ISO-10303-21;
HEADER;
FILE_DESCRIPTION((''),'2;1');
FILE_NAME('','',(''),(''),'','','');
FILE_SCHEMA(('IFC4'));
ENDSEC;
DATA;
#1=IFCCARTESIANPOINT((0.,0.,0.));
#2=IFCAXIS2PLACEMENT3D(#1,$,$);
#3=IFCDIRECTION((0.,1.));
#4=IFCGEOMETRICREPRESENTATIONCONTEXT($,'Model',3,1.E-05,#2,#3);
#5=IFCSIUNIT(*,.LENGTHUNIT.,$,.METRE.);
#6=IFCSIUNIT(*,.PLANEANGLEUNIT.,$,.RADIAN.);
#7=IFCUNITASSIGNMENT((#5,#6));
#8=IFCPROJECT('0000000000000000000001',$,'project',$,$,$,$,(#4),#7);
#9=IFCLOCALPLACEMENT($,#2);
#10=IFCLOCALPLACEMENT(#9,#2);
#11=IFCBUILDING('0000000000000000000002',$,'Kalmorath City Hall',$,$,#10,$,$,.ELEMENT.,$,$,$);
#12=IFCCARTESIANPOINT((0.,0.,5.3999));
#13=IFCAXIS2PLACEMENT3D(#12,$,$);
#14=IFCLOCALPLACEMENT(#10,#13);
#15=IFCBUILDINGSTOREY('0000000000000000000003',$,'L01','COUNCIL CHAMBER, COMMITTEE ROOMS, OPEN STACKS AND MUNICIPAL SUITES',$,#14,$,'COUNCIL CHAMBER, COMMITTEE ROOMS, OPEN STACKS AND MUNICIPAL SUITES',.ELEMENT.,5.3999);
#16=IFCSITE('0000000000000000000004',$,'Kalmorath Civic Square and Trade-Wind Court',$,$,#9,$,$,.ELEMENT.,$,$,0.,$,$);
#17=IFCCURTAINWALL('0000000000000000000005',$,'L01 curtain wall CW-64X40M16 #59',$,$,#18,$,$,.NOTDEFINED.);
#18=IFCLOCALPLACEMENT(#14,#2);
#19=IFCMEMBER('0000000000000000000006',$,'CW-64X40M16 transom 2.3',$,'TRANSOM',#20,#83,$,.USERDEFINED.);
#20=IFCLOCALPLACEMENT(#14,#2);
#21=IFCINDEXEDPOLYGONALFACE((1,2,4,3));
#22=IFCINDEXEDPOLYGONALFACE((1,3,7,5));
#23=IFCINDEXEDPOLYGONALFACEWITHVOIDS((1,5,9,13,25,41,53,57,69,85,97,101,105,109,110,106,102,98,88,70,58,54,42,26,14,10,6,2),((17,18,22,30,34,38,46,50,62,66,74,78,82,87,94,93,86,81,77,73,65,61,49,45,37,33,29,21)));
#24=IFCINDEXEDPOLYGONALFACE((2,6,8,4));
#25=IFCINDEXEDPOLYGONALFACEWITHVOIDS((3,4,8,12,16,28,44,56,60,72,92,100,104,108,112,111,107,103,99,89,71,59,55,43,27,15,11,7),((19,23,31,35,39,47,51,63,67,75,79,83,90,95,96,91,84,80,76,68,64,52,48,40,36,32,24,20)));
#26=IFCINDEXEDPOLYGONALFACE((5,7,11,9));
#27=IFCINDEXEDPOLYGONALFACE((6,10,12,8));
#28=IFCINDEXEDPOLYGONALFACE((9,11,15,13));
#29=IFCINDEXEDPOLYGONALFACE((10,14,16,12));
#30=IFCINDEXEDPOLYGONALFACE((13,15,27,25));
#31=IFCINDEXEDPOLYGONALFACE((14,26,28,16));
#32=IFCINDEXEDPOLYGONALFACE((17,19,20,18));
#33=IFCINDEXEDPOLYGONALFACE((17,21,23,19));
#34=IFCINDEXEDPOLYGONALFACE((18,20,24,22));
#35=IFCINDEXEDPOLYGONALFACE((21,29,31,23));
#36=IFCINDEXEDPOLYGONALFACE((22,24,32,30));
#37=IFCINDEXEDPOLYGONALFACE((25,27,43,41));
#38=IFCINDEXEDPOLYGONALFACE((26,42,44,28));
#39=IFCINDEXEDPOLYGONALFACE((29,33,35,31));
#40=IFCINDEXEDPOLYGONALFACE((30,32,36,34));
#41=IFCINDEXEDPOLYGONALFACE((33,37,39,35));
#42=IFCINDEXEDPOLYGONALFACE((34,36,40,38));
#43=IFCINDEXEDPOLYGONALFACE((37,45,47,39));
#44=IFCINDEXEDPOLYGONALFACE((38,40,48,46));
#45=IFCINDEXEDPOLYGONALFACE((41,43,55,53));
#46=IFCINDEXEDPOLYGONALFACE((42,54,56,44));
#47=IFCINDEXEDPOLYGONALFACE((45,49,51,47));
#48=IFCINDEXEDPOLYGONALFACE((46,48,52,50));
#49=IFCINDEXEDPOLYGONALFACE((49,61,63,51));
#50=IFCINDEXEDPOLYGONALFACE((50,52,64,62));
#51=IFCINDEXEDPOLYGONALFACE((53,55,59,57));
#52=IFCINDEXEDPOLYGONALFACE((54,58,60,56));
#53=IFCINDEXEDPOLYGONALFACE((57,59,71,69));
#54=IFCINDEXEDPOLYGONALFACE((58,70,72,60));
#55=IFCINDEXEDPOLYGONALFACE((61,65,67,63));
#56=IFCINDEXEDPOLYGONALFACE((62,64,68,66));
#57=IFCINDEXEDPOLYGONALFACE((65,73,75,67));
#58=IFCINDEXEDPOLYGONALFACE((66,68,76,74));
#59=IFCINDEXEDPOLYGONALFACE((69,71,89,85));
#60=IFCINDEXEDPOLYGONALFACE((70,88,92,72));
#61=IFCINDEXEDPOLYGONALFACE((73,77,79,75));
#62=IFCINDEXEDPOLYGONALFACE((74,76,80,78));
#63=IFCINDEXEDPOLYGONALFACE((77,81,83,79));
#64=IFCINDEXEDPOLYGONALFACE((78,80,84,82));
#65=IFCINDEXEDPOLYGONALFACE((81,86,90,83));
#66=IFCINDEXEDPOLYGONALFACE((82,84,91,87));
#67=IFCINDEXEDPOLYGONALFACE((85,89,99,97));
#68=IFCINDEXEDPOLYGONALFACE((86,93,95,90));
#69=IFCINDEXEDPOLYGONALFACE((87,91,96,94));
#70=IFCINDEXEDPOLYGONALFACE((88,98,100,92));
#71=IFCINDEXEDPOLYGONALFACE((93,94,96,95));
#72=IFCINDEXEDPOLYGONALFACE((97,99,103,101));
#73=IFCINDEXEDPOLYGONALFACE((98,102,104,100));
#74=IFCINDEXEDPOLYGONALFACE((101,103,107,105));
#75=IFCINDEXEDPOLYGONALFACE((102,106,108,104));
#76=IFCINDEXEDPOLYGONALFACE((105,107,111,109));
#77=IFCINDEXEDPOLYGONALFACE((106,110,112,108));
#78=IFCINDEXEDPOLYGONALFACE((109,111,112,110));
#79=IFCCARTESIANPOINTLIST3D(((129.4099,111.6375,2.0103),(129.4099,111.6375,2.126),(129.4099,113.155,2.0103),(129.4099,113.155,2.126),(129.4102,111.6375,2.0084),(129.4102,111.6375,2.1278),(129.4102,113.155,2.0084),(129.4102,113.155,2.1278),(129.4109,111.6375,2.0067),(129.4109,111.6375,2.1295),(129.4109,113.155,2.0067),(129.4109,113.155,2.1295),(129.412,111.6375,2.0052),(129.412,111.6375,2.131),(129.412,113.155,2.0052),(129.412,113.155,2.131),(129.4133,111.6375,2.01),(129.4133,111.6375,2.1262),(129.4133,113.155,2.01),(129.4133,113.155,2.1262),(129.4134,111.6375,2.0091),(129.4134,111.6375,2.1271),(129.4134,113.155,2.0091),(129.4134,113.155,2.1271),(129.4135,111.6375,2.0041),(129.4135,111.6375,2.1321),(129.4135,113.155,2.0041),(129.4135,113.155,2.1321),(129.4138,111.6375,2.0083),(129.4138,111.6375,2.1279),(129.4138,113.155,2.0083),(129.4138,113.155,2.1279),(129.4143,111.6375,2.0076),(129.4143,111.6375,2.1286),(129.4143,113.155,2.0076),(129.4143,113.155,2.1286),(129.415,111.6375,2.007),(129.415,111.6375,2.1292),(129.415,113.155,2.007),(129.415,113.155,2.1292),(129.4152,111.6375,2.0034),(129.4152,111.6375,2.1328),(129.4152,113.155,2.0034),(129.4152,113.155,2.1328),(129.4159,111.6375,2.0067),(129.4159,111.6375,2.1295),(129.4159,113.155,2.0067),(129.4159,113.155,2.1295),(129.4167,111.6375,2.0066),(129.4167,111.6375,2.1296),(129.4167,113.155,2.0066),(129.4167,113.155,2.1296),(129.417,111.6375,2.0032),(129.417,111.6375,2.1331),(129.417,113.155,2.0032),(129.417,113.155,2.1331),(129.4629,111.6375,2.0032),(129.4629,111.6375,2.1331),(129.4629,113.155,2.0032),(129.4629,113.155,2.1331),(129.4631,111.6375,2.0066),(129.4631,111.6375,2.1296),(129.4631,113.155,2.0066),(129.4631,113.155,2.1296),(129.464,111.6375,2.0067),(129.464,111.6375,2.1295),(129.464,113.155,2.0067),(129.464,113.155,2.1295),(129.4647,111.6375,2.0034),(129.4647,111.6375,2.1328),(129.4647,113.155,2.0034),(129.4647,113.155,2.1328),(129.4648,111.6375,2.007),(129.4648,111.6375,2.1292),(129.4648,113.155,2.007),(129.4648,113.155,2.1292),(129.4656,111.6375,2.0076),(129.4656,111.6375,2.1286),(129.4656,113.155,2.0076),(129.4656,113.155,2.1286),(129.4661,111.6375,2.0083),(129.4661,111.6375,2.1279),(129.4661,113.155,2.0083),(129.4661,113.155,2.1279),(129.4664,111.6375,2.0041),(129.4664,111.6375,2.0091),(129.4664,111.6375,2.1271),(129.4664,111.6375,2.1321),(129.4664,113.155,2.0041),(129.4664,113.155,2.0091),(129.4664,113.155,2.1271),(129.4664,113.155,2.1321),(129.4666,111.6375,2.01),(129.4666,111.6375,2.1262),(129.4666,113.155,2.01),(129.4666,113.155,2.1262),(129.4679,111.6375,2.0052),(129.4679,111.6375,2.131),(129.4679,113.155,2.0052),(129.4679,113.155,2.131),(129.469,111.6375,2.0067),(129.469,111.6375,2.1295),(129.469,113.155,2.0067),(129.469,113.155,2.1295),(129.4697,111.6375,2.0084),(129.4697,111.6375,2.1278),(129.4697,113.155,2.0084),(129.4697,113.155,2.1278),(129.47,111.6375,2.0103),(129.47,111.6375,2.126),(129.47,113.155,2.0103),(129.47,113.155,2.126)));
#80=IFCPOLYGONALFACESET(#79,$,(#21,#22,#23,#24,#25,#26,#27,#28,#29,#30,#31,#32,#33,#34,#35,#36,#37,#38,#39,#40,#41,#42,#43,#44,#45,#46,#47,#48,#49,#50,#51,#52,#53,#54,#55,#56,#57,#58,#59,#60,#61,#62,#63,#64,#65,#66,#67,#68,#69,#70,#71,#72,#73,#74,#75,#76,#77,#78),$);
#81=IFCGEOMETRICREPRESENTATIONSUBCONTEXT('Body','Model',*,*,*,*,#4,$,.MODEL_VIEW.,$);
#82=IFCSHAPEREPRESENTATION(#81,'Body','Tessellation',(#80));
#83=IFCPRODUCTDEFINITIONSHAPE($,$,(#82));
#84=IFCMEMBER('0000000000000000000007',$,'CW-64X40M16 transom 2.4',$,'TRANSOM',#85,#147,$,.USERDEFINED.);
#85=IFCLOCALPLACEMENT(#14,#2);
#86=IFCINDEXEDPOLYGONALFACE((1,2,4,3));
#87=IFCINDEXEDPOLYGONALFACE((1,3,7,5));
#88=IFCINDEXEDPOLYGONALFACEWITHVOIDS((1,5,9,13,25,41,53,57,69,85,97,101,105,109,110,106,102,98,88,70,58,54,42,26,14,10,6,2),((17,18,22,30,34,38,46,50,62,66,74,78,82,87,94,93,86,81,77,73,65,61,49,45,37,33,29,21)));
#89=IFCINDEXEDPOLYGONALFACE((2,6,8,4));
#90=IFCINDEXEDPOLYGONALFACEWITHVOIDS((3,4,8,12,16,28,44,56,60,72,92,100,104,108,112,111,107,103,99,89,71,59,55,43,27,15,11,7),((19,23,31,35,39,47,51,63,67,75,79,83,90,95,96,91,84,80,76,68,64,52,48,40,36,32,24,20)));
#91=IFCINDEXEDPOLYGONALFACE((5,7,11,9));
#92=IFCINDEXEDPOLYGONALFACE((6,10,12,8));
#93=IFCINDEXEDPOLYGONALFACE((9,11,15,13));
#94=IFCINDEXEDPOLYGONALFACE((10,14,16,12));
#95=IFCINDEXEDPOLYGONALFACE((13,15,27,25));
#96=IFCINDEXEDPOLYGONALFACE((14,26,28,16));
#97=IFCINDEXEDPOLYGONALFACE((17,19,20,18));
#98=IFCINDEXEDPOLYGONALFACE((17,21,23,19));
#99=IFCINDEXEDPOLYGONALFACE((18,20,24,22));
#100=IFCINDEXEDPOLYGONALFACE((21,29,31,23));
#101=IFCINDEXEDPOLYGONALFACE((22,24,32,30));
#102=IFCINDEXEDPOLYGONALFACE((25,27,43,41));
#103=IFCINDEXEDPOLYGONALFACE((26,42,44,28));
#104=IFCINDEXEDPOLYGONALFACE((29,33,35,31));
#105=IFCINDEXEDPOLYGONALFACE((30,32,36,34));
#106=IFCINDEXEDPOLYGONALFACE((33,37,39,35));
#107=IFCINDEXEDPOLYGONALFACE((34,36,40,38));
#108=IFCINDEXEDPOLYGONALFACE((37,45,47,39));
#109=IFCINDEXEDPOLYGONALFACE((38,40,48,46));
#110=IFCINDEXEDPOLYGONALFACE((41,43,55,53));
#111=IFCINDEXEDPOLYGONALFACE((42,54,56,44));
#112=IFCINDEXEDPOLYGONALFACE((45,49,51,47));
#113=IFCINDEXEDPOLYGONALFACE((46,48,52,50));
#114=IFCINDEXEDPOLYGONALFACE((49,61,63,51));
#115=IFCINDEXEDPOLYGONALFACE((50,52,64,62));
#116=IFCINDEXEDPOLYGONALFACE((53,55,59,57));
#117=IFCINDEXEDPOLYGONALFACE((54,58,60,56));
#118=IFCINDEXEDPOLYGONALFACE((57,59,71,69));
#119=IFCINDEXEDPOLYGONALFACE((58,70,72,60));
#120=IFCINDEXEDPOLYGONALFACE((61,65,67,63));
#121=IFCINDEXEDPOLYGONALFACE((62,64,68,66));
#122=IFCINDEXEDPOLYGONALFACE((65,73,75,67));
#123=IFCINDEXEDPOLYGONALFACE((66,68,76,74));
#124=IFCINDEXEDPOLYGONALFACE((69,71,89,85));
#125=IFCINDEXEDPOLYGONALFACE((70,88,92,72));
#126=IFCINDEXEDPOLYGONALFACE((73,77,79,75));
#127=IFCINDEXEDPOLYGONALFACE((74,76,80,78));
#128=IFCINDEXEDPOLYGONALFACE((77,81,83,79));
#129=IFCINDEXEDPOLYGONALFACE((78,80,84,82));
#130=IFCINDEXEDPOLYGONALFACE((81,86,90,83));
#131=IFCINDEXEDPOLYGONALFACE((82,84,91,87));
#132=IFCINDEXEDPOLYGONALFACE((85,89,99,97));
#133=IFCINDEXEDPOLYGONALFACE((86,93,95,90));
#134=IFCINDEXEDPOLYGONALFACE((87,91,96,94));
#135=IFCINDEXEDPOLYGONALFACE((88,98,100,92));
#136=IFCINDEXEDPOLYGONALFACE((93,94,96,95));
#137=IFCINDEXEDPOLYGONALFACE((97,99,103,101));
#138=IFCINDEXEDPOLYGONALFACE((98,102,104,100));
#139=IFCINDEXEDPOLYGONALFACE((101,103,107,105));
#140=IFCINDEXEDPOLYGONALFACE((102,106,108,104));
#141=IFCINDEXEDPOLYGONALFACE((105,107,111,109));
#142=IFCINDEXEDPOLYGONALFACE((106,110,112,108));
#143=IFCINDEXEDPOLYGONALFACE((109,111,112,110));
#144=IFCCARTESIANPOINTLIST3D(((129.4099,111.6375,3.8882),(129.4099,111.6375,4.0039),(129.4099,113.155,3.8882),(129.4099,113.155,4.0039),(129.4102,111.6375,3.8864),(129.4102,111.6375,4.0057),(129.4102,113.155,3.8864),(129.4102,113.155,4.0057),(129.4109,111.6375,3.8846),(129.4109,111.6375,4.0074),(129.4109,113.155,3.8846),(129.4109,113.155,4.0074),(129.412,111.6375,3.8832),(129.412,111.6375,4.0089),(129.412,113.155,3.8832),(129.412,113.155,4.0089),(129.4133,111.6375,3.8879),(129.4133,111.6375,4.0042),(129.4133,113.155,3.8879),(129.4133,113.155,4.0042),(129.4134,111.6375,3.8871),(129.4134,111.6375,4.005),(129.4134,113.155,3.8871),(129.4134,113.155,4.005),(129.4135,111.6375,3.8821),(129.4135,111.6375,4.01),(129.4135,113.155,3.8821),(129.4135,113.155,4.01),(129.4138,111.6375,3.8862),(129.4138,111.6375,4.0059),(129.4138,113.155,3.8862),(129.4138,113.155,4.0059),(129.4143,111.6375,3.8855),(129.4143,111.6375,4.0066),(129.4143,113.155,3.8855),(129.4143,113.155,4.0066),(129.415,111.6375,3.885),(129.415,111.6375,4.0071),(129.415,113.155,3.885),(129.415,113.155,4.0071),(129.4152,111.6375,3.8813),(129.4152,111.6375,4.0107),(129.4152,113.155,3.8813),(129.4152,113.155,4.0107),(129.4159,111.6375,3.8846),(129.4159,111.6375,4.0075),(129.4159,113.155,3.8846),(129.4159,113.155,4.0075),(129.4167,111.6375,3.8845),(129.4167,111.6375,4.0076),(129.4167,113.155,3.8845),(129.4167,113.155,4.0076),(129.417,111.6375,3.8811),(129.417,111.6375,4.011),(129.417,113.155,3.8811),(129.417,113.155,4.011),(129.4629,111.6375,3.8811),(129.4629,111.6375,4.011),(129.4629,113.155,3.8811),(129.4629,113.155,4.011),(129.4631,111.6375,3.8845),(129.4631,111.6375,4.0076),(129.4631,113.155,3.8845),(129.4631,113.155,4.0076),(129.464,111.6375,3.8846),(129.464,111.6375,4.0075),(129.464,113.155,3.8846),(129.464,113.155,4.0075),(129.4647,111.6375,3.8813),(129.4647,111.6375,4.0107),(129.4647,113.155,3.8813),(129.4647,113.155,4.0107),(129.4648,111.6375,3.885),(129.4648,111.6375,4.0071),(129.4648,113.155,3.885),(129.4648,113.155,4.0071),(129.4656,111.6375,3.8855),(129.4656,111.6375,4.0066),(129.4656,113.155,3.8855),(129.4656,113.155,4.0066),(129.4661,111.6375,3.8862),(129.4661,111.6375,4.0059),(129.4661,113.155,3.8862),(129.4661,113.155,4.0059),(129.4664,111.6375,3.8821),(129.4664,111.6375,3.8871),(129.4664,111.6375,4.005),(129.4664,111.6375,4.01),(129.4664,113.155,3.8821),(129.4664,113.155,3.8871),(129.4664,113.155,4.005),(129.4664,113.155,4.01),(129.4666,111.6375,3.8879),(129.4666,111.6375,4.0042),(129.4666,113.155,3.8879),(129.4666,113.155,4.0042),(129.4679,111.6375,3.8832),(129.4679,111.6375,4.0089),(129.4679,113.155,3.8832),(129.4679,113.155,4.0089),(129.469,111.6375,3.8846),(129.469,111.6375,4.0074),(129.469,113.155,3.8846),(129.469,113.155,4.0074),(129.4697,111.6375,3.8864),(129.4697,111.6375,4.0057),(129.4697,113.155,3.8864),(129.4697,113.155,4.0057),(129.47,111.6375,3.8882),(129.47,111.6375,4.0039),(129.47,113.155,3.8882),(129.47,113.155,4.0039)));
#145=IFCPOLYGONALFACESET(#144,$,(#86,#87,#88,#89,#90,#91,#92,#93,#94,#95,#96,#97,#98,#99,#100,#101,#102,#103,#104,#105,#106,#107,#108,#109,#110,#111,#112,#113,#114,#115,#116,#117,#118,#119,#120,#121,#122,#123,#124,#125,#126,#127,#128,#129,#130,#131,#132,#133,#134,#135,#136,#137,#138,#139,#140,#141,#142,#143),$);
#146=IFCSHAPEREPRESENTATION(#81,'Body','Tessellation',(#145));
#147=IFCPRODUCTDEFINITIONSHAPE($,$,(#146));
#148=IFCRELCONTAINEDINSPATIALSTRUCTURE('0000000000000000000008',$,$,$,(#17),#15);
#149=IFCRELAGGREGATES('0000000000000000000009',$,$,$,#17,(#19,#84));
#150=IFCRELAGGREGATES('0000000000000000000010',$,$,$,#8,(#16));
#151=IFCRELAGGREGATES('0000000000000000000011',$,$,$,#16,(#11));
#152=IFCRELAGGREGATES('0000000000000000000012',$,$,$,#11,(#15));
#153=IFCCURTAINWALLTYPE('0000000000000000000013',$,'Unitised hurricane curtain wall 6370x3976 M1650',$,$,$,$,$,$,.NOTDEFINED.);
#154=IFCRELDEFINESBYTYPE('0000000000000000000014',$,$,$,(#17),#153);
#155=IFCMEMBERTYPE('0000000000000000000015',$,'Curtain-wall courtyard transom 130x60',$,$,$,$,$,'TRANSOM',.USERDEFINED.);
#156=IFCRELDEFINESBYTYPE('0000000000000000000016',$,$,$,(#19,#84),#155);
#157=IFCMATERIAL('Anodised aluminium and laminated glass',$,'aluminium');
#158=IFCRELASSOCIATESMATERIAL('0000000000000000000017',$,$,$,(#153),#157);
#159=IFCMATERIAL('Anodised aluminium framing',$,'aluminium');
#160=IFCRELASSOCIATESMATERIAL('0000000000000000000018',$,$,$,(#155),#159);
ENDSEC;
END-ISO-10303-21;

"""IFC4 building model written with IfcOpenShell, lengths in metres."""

from ifc_helpers import new_model, si_unit, direction, frame, origin, origin_2d, place, context, subcontext, project, spatial, hollow_rectangle, extrude, material, material_profile, profile_set, type_object, element, aggregate, save


model = new_model("IFC4")

# Units and contexts
model_context = context("Model", 3, precision=1e-05, world=origin(), true_north=direction((0.0, 1.0)))
body_context = subcontext(model_context, "Body", "Model", "MODEL_VIEW")
ifc_project = project(units=[si_unit("LENGTHUNIT", "METRE"), si_unit("PLANEANGLEUNIT", "RADIAN")], contexts=[model_context])

# Site, building, storey
site_placement = place(None, origin())
site = spatial("IfcSite", under=ifc_project, at=site_placement, Name="Kalmorath Civic Square and Trade-Wind Court", CompositionType="ELEMENT", RefElevation=0.0)
building_placement = place(site_placement, origin())
building = spatial("IfcBuilding", under=site, at=building_placement, Name="Kalmorath City Hall", CompositionType="ELEMENT")
storey_placement = place(building_placement, frame((0.0, 0.0, 5.3999)))
storey = spatial("IfcBuildingStorey", under=building, at=storey_placement, Name="L01", Description="COUNCIL CHAMBER, COMMITTEE ROOMS, OPEN STACKS AND MUNICIPAL SUITES", LongName="COUNCIL CHAMBER, COMMITTEE ROOMS, OPEN STACKS AND MUNICIPAL SUITES", CompositionType="ELEMENT", Elevation=5.3999)

# Curtain wall, members
ifc_material_1 = material(Name="Anodised aluminium and laminated glass", Category="aluminium")
curtain_wall_type = type_object("IfcCurtainWallType", Name="Unitised hurricane curtain wall 6370x3976 M1650", PredefinedType="NOTDEFINED", material=ifc_material_1)
curtain_wall_placement = place(storey_placement, origin())
curtain_wall = element("IfcCurtainWall", 1, at=curtain_wall_placement, inside=storey, type_object=curtain_wall_type, Name="L01 curtain wall CW-64X40M16 #59", PredefinedType="NOTDEFINED")
ifc_material_2 = material(Name="Anodised aluminium framing", Category="aluminium")
ifc_material_profile_1 = material_profile(ifc_material_2, hollow_rectangle(XDim=0.0601, YDim=0.1299, WallThickness=0.0034, InnerFilletRadius=0.0034, OuterFilletRadius=0.0071, at=origin_2d()), Name="ALU-TRN-130X60X3.5")
ifc_profile_set_1 = profile_set([ifc_material_profile_1], Name="Anodised aluminium framing")
member_type_1 = type_object("IfcMemberType", Name="Curtain-wall courtyard transom 130x60", ElementType="TRANSOM", PredefinedType="USERDEFINED", material=ifc_profile_set_1)
member_1_placement = place(storey_placement, frame((129.4399, 113.155, 2.0681), z_axis=(0.0, -1.0, 0.0), x_axis=(1.0, 0.0, 0.0)))
member_1 = element("IfcMember", 2, at=member_1_placement, type_object=member_type_1, Name="CW-64X40M16 transom 2.3", ObjectType="TRANSOM", PredefinedType="USERDEFINED", context=body_context, shape_type="SweptSolid", body=[
    extrude(hollow_rectangle(XDim=0.0601, YDim=0.1299, WallThickness=0.0034, InnerFilletRadius=0.0034, OuterFilletRadius=0.0071, at=origin_2d()), origin(), (0.0, 0.0, 1.0), 1.5176),
])
member_2_placement = place(storey_placement, frame((129.4399, 113.155, 3.946), z_axis=(0.0, -1.0, 0.0), x_axis=(1.0, 0.0, 0.0)))
member_2 = element("IfcMember", 3, at=member_2_placement, type_object=member_type_1, Name="CW-64X40M16 transom 2.4", ObjectType="TRANSOM", PredefinedType="USERDEFINED", context=body_context, shape_type="SweptSolid", body=[
    extrude(hollow_rectangle(XDim=0.0601, YDim=0.1299, WallThickness=0.0034, InnerFilletRadius=0.0034, OuterFilletRadius=0.0071, at=origin_2d()), origin(), (0.0, 0.0, 1.0), 1.5176),
])

aggregate(curtain_wall, [member_1, member_2])

save(model, "model.ifc")
